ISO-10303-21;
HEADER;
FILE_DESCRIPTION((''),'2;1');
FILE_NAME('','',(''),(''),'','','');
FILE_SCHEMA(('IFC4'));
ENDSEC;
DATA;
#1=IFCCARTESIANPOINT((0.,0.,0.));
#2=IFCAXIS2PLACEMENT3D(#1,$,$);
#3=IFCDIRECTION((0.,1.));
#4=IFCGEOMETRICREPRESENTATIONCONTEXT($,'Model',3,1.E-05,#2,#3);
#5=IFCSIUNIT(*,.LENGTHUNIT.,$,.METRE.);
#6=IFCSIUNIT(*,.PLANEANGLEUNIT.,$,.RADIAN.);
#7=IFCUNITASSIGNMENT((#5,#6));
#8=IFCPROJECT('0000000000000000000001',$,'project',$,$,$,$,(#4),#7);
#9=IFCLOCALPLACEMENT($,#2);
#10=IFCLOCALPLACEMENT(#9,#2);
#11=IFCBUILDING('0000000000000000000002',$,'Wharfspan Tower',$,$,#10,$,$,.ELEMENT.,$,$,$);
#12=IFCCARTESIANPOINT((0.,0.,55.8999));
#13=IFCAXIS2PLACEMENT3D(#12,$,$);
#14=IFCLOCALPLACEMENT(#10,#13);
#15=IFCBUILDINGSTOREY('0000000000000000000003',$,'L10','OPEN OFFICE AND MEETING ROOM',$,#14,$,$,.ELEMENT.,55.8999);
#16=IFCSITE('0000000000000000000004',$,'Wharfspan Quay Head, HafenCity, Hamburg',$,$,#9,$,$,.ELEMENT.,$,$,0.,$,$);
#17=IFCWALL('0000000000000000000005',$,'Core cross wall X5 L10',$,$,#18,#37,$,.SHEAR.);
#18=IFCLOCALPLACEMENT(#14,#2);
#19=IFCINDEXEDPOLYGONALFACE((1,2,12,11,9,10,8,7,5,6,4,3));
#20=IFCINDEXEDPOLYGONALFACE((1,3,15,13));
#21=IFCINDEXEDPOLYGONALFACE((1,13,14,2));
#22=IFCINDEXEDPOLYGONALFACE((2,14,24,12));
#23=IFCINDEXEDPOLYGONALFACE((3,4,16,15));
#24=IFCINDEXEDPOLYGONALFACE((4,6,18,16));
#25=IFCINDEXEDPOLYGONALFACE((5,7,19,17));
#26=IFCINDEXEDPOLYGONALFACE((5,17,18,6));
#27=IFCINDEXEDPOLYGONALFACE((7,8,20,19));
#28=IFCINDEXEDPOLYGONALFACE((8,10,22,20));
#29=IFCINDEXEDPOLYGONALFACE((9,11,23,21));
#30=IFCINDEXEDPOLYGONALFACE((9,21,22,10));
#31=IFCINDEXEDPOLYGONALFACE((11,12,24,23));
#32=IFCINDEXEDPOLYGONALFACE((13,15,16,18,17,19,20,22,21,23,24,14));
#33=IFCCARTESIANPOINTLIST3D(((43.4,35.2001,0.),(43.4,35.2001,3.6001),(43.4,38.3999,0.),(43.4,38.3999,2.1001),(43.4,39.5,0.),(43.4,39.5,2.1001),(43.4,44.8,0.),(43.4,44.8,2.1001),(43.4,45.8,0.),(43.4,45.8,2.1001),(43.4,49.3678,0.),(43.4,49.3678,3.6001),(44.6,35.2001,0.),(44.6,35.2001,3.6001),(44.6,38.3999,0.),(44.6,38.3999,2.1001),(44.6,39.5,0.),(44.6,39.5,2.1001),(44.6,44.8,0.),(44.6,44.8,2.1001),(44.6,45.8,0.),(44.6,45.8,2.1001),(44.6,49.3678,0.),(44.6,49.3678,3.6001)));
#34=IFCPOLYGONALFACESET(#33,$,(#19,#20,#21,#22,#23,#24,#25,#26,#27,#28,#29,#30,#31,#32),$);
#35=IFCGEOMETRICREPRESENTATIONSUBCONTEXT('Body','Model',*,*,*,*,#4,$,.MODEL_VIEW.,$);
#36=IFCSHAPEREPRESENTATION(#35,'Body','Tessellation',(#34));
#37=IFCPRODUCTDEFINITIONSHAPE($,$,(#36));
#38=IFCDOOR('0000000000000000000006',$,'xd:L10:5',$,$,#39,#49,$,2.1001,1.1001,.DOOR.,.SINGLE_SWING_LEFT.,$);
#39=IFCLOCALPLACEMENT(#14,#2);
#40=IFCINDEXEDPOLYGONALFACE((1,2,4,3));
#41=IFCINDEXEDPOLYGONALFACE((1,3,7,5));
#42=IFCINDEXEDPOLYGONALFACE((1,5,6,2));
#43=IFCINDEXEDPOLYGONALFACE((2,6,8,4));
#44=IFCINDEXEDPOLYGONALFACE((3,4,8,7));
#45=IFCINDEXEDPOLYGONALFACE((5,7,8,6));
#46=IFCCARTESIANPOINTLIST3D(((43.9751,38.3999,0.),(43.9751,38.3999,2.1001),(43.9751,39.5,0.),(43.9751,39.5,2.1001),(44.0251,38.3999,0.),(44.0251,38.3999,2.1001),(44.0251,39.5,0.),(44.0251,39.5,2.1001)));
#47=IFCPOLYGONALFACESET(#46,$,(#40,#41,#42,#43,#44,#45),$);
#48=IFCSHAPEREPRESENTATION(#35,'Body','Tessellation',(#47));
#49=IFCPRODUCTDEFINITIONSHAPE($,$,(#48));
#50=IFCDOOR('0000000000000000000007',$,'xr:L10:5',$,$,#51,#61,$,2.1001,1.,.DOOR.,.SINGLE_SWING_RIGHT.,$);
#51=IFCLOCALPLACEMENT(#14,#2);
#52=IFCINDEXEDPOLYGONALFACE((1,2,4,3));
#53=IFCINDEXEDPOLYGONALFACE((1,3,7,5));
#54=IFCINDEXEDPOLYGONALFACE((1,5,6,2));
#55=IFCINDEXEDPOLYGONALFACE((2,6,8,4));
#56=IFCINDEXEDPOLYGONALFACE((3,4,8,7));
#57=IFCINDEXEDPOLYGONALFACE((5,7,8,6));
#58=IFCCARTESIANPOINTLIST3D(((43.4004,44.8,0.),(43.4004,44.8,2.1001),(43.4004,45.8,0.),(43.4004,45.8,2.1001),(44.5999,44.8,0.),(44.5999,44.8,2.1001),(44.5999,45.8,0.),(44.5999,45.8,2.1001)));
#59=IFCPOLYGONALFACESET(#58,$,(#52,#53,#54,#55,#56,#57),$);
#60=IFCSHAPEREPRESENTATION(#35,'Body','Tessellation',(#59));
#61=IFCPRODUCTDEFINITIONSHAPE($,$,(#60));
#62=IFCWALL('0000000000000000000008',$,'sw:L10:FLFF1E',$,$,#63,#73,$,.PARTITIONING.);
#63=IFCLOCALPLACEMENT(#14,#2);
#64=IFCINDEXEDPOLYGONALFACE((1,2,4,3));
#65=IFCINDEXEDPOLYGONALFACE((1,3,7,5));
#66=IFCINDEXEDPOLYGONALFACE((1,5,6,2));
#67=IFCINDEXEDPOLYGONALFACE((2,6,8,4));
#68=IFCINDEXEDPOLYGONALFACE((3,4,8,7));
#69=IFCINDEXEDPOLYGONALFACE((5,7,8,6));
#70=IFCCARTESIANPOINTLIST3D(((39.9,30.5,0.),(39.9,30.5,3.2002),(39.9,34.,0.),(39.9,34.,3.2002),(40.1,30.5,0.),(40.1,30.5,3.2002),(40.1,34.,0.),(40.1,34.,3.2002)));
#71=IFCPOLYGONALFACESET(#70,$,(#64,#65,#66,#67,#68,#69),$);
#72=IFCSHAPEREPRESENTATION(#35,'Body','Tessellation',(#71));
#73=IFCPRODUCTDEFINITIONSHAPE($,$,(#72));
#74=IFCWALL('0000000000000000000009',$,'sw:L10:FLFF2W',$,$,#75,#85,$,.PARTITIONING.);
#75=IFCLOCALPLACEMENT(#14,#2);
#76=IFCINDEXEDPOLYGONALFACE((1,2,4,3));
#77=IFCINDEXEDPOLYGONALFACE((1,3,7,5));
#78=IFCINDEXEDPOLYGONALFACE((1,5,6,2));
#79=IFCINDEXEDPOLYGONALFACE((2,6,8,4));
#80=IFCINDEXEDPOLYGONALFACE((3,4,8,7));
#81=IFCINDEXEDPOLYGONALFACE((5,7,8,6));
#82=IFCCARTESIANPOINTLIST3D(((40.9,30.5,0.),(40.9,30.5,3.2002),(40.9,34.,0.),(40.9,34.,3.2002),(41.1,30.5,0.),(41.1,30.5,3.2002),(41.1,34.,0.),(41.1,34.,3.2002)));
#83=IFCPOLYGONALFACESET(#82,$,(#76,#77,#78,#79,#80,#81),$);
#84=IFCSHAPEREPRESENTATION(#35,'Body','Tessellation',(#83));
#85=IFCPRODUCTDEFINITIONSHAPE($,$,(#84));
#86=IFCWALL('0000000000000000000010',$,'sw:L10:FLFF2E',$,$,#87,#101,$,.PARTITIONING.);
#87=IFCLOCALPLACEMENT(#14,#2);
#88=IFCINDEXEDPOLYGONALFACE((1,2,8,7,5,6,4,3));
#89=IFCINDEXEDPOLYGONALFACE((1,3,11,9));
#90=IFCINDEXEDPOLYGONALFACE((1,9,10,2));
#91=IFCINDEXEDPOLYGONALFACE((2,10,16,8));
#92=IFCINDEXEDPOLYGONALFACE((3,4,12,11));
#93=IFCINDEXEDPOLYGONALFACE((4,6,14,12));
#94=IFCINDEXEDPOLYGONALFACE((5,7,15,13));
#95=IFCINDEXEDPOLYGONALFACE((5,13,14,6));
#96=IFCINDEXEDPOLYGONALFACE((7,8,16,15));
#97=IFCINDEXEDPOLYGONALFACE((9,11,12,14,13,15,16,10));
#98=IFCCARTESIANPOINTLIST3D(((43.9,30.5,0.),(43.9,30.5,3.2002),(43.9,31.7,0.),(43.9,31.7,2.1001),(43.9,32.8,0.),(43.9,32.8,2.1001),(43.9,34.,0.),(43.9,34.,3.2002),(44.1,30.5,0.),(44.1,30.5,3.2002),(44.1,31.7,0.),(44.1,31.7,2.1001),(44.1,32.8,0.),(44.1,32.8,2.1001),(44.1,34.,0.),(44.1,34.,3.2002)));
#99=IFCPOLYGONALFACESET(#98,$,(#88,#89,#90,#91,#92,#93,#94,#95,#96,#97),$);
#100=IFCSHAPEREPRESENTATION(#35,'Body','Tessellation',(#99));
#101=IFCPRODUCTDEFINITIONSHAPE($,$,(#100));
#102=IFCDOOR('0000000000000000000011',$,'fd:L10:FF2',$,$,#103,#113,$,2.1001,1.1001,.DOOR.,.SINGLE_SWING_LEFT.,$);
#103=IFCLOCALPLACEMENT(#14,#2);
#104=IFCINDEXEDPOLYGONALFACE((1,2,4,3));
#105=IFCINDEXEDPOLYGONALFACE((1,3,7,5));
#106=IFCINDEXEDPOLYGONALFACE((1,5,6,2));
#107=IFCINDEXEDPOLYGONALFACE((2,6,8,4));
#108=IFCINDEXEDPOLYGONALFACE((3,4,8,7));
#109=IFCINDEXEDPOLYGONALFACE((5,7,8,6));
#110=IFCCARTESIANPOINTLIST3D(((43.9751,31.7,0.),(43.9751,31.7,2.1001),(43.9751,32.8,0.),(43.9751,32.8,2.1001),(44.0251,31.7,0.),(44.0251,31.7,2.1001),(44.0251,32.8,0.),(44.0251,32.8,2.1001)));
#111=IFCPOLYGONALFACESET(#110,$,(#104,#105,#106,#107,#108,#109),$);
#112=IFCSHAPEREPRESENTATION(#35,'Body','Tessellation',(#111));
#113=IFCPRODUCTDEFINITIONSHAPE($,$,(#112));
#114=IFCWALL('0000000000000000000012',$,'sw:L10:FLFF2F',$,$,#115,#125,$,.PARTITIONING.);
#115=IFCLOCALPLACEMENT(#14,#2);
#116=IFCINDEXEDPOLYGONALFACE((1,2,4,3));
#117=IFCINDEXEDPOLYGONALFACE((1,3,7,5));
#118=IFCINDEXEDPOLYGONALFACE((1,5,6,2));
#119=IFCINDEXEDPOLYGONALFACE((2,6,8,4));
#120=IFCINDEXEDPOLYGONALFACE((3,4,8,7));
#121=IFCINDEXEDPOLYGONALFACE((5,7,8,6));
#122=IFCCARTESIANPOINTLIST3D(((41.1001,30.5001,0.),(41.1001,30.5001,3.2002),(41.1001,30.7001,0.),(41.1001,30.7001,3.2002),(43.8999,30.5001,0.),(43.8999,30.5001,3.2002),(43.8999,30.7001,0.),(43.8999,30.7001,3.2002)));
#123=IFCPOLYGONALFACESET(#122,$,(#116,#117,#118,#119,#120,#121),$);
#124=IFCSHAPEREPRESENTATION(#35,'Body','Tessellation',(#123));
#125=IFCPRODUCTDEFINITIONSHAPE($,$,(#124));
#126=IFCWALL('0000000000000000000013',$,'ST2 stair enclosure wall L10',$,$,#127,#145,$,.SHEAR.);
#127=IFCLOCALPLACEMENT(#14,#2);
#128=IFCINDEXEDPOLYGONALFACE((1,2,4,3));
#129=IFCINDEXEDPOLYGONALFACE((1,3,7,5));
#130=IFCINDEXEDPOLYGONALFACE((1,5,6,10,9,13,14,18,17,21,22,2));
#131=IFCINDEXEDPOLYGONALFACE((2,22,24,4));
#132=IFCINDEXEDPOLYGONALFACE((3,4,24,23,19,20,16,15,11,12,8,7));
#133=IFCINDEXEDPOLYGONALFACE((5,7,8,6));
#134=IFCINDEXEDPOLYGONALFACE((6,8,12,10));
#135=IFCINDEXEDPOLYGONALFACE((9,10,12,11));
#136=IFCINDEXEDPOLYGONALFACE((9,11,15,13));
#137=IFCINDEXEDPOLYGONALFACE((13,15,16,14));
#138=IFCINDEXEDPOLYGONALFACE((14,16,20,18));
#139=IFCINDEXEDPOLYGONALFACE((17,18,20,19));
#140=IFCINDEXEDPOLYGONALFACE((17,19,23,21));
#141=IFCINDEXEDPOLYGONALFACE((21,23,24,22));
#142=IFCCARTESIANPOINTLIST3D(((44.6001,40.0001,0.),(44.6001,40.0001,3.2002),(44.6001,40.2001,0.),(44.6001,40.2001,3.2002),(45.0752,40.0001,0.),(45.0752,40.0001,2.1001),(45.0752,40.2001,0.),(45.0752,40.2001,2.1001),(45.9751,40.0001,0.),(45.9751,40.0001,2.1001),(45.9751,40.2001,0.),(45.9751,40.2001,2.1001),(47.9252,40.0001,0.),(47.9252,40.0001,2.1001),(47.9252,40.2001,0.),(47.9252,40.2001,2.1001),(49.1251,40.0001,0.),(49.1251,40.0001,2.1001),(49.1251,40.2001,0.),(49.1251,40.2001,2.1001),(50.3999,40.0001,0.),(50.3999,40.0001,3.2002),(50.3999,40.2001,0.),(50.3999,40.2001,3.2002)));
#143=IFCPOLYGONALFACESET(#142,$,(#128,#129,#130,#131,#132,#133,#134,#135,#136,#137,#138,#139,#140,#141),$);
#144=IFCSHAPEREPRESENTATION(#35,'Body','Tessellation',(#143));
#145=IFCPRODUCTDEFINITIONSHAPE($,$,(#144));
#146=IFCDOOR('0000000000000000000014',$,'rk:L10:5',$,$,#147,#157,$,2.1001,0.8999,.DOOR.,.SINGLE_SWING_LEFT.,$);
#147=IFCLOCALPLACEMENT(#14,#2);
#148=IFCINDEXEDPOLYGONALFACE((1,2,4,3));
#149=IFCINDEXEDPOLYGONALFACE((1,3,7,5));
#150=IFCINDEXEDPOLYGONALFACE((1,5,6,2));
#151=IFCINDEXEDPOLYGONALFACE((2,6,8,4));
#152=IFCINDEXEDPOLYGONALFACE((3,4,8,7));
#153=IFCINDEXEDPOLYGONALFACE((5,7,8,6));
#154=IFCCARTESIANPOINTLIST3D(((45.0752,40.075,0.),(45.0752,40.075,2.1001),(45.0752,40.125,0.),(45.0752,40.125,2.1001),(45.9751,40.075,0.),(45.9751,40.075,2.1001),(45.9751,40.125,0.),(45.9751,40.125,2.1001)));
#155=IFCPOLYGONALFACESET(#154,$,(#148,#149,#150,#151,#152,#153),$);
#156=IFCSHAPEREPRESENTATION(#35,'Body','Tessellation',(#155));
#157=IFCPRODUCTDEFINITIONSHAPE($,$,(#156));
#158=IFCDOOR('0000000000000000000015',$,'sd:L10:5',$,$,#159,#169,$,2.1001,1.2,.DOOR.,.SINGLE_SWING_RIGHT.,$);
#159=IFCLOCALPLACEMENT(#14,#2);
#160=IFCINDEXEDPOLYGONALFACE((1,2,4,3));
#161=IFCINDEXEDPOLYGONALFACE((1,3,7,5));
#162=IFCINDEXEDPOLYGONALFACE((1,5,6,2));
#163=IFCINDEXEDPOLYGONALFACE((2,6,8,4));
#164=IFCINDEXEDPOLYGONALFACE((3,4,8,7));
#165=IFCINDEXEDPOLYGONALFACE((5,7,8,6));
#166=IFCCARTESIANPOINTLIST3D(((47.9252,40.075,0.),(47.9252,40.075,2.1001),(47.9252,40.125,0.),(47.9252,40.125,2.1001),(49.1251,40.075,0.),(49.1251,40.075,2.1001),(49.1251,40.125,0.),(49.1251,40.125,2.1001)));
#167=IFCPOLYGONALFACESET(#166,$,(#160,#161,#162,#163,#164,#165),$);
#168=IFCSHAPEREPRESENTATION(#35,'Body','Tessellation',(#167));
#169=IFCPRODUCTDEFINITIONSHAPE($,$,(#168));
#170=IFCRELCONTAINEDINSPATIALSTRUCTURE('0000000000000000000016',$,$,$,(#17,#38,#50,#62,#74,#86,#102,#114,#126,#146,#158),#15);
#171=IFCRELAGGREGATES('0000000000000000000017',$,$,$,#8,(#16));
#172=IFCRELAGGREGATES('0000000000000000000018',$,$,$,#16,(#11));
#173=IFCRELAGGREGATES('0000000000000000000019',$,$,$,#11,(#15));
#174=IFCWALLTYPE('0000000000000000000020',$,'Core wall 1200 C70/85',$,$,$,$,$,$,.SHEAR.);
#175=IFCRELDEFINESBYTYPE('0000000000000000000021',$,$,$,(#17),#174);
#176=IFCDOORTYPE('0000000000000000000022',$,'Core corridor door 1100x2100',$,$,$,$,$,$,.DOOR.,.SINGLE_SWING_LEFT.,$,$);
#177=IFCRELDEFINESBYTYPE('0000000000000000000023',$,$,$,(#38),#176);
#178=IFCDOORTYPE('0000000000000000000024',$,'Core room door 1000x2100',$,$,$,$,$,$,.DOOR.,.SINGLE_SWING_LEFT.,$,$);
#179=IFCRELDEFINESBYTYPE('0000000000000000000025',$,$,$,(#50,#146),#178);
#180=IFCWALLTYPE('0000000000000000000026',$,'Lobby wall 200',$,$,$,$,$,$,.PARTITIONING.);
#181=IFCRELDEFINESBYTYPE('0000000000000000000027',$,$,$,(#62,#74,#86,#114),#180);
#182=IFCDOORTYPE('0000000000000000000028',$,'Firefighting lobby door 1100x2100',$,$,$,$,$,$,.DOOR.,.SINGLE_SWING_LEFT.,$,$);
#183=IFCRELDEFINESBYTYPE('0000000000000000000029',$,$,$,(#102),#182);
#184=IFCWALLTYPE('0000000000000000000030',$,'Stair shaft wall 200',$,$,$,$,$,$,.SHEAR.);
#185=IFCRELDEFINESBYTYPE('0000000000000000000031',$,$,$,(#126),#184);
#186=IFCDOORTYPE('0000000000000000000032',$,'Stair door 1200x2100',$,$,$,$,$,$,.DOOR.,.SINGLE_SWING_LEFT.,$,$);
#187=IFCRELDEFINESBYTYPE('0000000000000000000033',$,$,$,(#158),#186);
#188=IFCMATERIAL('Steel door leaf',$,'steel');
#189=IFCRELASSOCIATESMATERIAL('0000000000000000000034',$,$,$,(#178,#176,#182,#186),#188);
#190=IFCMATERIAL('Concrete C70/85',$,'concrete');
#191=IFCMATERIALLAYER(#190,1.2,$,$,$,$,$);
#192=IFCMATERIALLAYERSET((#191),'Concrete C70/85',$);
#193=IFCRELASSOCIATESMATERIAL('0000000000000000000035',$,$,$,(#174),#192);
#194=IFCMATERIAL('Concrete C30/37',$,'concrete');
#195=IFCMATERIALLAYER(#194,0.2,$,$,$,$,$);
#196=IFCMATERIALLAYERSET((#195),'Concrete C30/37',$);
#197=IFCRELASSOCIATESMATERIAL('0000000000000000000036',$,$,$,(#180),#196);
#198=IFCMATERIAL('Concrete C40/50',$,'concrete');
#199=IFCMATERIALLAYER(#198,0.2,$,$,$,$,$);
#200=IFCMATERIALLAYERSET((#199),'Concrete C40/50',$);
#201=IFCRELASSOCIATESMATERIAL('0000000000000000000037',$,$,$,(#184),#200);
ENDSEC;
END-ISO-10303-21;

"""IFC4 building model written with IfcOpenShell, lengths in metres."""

from ifc_helpers import new_model, si_unit, direction, frame, frame_2d, origin, place, context, subcontext, project, spatial, rectangle, extrude, material, layer, layer_set, type_object, element, fill, save


model = new_model("IFC4")

# Units and contexts
model_context = context("Model", 3, precision=1e-05, world=origin(), true_north=direction((0.0, 1.0)))
body_context = subcontext(model_context, "Body", "Model", "MODEL_VIEW")
ifc_project = project(units=[si_unit("LENGTHUNIT", "METRE"), si_unit("PLANEANGLEUNIT", "RADIAN")], contexts=[model_context])

# Site, building, storey
site_placement = place(None, origin())
site = spatial("IfcSite", under=ifc_project, at=site_placement, Name="Wharfspan Quay Head, HafenCity, Hamburg", CompositionType="ELEMENT", RefElevation=0.0)
building_placement = place(site_placement, origin())
building = spatial("IfcBuilding", under=site, at=building_placement, Name="Wharfspan Tower", CompositionType="ELEMENT")
storey_placement = place(building_placement, frame((0.0, 0.0, 55.8999)))
storey = spatial("IfcBuildingStorey", under=building, at=storey_placement, Name="L10", Description="OPEN OFFICE AND MEETING ROOM", CompositionType="ELEMENT", Elevation=55.8999)

# Shared definitions
ifc_material_1 = material(Name="Steel door leaf", Category="steel")
door_type_1 = type_object("IfcDoorType", Name="Core room door 1000x2100", OperationType="SINGLE_SWING_LEFT", PredefinedType="DOOR", material=ifc_material_1)

# Wall, openings, doors
ifc_material_2 = material(Name="Concrete C70/85", Category="concrete")
ifc_layer_1 = layer(ifc_material_2, 1.2)
ifc_layer_set_1 = layer_set([ifc_layer_1], Name="Concrete C70/85")
wall_type_1 = type_object("IfcWallType", Name="Core wall 1200 C70/85", PredefinedType="SHEAR", material=ifc_layer_set_1)
wall_1_placement = place(storey_placement, frame((44.0, 35.2, 0.0), z_axis=(0.0, 0.0, 1.0), x_axis=(0.0, 1.0, 0.0)))
wall_1 = element("IfcWall", 1, at=wall_1_placement, inside=storey, type_object=wall_type_1, Name="Core cross wall X5 L10", PredefinedType="SHEAR", context=body_context, shape_type="SweptSolid", body=[
    extrude(rectangle(XDim=14.1677, YDim=1.2, at=frame_2d((7.084, 0.0))), origin(), (0.0, 0.0, 1.0), 3.6001),
])
opening_1_placement = place(wall_1_placement, frame((3.2, 0.0, 0.0)))
opening_1 = element("IfcOpeningElement", 2, at=opening_1_placement, cuts=wall_1, PredefinedType="OPENING", context=body_context, shape_type="SweptSolid", body=[
    extrude(rectangle(XDim=1.1001, YDim=2.1001, at=frame_2d((0.55, 1.05))), frame((0.0, 0.6099, 0.0), z_axis=(0.0, -1.0, 0.0), x_axis=(1.0, 0.0, 0.0)), (0.0, 0.0, 1.0), 1.22),
])
opening_2_placement = place(wall_1_placement, frame((9.6001, 0.0, 0.0)))
opening_2 = element("IfcOpeningElement", 3, at=opening_2_placement, cuts=wall_1, PredefinedType="OPENING", context=body_context, shape_type="SweptSolid", body=[
    extrude(rectangle(XDim=1.0, YDim=2.1001, at=frame_2d((0.5, 1.05))), frame((0.0, 0.6099, 0.0), z_axis=(0.0, -1.0, 0.0), x_axis=(1.0, 0.0, 0.0)), (0.0, 0.0, 1.0), 1.22),
])
door_type_2 = type_object("IfcDoorType", Name="Core corridor door 1100x2100", OperationType="SINGLE_SWING_LEFT", PredefinedType="DOOR", material=ifc_material_1)
door_1_placement = place(opening_1_placement, origin())
door_1 = element("IfcDoor", 4, at=door_1_placement, inside=storey, type_object=door_type_2, Name="xd:L10:5", OperationType="SINGLE_SWING_LEFT", OverallHeight=2.1001, OverallWidth=1.1001, PredefinedType="DOOR", context=body_context, shape_type="SweptSolid", body=[
    extrude(rectangle(XDim=1.1001, YDim=2.1001, at=frame_2d((0.55, 1.05))), frame((0.0, 0.0249, 0.0), z_axis=(0.0, -1.0, 0.0), x_axis=(1.0, 0.0, 0.0)), (0.0, 0.0, 1.0), 0.05),
])
fill(opening_1, door_1)
door_2_placement = place(opening_2_placement, origin())
door_2 = element("IfcDoor", 5, at=door_2_placement, inside=storey, type_object=door_type_1, Name="xr:L10:5", OperationType="SINGLE_SWING_RIGHT", OverallHeight=2.1001, OverallWidth=1.0, PredefinedType="DOOR", context=body_context, shape_type="SweptSolid", body=[
    extrude(rectangle(XDim=1.0, YDim=2.1001, at=frame_2d((0.5, 1.05))), frame((0.0, 0.5996, 0.0), z_axis=(0.0, -1.0, 0.0), x_axis=(1.0, 0.0, 0.0)), (0.0, 0.0, 1.0), 1.1995),
])
fill(opening_2, door_2)

# Walls
ifc_material_3 = material(Name="Concrete C30/37", Category="concrete")
ifc_layer_2 = layer(ifc_material_3, 0.2)
ifc_layer_set_2 = layer_set([ifc_layer_2], Name="Concrete C30/37")
wall_type_2 = type_object("IfcWallType", Name="Lobby wall 200", PredefinedType="PARTITIONING", material=ifc_layer_set_2)
for number, where, z_axis, x_axis, name in (
    (6, (40.0, 30.5, 0.0), (0.0, 0.0, 1.0), (0.0, 1.0, 0.0), "sw:L10:FLFF1E"),
    (7, (41.0, 30.5, 0.0), (0.0, 0.0, 1.0), (0.0, 1.0, 0.0), "sw:L10:FLFF2W"),
):
    element("IfcWall", number, at=place(storey_placement, frame(where, z_axis=z_axis, x_axis=x_axis)), inside=storey, type_object=wall_type_2, Name=name, PredefinedType="PARTITIONING", context=body_context, shape_type="SweptSolid", body=[
        extrude(rectangle(XDim=3.5, YDim=0.2, at=frame_2d((1.75, 0.0))), origin(), (0.0, 0.0, 1.0), 3.2002),
    ])

# Wall, opening, door
wall_2_placement = place(storey_placement, frame((44.0, 30.5, 0.0), z_axis=(0.0, 0.0, 1.0), x_axis=(0.0, 1.0, 0.0)))
wall_2 = element("IfcWall", 8, at=wall_2_placement, inside=storey, type_object=wall_type_2, Name="sw:L10:FLFF2E", PredefinedType="PARTITIONING", context=body_context, shape_type="SweptSolid", body=[
    extrude(rectangle(XDim=3.5, YDim=0.2, at=frame_2d((1.75, 0.0))), origin(), (0.0, 0.0, 1.0), 3.2002),
])
opening_3_placement = place(wall_2_placement, frame((1.2, 0.0, 0.0)))
opening_3 = element("IfcOpeningElement", 9, at=opening_3_placement, cuts=wall_2, PredefinedType="OPENING", context=body_context, shape_type="SweptSolid", body=[
    extrude(rectangle(XDim=1.1001, YDim=2.1001, at=frame_2d((0.55, 1.05))), frame((0.0, 0.1099, 0.0), z_axis=(0.0, -1.0, 0.0), x_axis=(1.0, 0.0, 0.0)), (0.0, 0.0, 1.0), 0.22),
])
door_type_3 = type_object("IfcDoorType", Name="Firefighting lobby door 1100x2100", OperationType="SINGLE_SWING_LEFT", PredefinedType="DOOR", material=ifc_material_1)
door_3_placement = place(opening_3_placement, origin())
door_3 = element("IfcDoor", 10, at=door_3_placement, inside=storey, type_object=door_type_3, Name="fd:L10:FF2", OperationType="SINGLE_SWING_LEFT", OverallHeight=2.1001, OverallWidth=1.1001, PredefinedType="DOOR", context=body_context, shape_type="SweptSolid", body=[
    extrude(rectangle(XDim=1.1001, YDim=2.1001, at=frame_2d((0.55, 1.05))), frame((0.0, 0.0249, 0.0), z_axis=(0.0, -1.0, 0.0), x_axis=(1.0, 0.0, 0.0)), (0.0, 0.0, 1.0), 0.05),
])
fill(opening_3, door_3)

# Wall
wall_3_placement = place(storey_placement, frame((41.1001, 30.6001, 0.0), z_axis=(0.0, 0.0, 1.0), x_axis=(1.0, 0.0, 0.0)))
element("IfcWall", 11, at=wall_3_placement, inside=storey, type_object=wall_type_2, Name="sw:L10:FLFF2F", PredefinedType="PARTITIONING", context=body_context, shape_type="SweptSolid", body=[
    extrude(rectangle(XDim=2.7998, YDim=0.2, at=frame_2d((1.3999, 0.0))), origin(), (0.0, 0.0, 1.0), 3.2002),
])

# Wall, openings, doors
ifc_material_4 = material(Name="Concrete C40/50", Category="concrete")
ifc_layer_3 = layer(ifc_material_4, 0.2)
ifc_layer_set_3 = layer_set([ifc_layer_3], Name="Concrete C40/50")
wall_type_3 = type_object("IfcWallType", Name="Stair shaft wall 200", PredefinedType="SHEAR", material=ifc_layer_set_3)
wall_4_placement = place(storey_placement, frame((44.6001, 40.1001, 0.0), z_axis=(0.0, 0.0, 1.0), x_axis=(1.0, 0.0, 0.0)))
wall_4 = element("IfcWall", 12, at=wall_4_placement, inside=storey, type_object=wall_type_3, Name="ST2 stair enclosure wall L10", PredefinedType="SHEAR", context=body_context, shape_type="SweptSolid", body=[
    extrude(rectangle(XDim=5.7998, YDim=0.2, at=frame_2d((2.8999, 0.0))), origin(), (0.0, 0.0, 1.0), 3.2002),
])
opening_4_placement = place(wall_4_placement, frame((3.325, 0.0, 0.0)))
opening_4 = element("IfcOpeningElement", 13, at=opening_4_placement, cuts=wall_4, PredefinedType="OPENING", context=body_context, shape_type="SweptSolid", body=[
    extrude(rectangle(XDim=1.2, YDim=2.1001, at=frame_2d((0.6001, 1.05))), frame((0.0, 0.1099, 0.0), z_axis=(0.0, -1.0, 0.0), x_axis=(1.0, 0.0, 0.0)), (0.0, 0.0, 1.0), 0.22),
])
opening_5_placement = place(wall_4_placement, frame((0.4751, 0.0, 0.0)))
opening_5 = element("IfcOpeningElement", 14, at=opening_5_placement, cuts=wall_4, PredefinedType="OPENING", context=body_context, shape_type="SweptSolid", body=[
    extrude(rectangle(XDim=0.8999, YDim=2.1001, at=frame_2d((0.45, 1.05))), frame((0.0, 0.1099, 0.0), z_axis=(0.0, -1.0, 0.0), x_axis=(1.0, 0.0, 0.0)), (0.0, 0.0, 1.0), 0.22),
])
door_4_placement = place(opening_5_placement, origin())
door_4 = element("IfcDoor", 15, at=door_4_placement, inside=storey, type_object=door_type_1, Name="rk:L10:5", OperationType="SINGLE_SWING_LEFT", OverallHeight=2.1001, OverallWidth=0.8999, PredefinedType="DOOR", context=body_context, shape_type="SweptSolid", body=[
    extrude(rectangle(XDim=0.8999, YDim=2.1001, at=frame_2d((0.45, 1.05))), frame((0.0, 0.0249, 0.0), z_axis=(0.0, -1.0, 0.0), x_axis=(1.0, 0.0, 0.0)), (0.0, 0.0, 1.0), 0.05),
])
fill(opening_5, door_4)
door_type_4 = type_object("IfcDoorType", Name="Stair door 1200x2100", OperationType="SINGLE_SWING_LEFT", PredefinedType="DOOR", material=ifc_material_1)
door_5_placement = place(opening_4_placement, origin())
door_5 = element("IfcDoor", 16, at=door_5_placement, inside=storey, type_object=door_type_4, Name="sd:L10:5", OperationType="SINGLE_SWING_RIGHT", OverallHeight=2.1001, OverallWidth=1.2, PredefinedType="DOOR", context=body_context, shape_type="SweptSolid", body=[
    extrude(rectangle(XDim=1.2, YDim=2.1001, at=frame_2d((0.6001, 1.05))), frame((0.0, 0.0249, 0.0), z_axis=(0.0, -1.0, 0.0), x_axis=(1.0, 0.0, 0.0)), (0.0, 0.0, 1.0), 0.05),
])
fill(opening_4, door_5)

save(model, "model.ifc")
